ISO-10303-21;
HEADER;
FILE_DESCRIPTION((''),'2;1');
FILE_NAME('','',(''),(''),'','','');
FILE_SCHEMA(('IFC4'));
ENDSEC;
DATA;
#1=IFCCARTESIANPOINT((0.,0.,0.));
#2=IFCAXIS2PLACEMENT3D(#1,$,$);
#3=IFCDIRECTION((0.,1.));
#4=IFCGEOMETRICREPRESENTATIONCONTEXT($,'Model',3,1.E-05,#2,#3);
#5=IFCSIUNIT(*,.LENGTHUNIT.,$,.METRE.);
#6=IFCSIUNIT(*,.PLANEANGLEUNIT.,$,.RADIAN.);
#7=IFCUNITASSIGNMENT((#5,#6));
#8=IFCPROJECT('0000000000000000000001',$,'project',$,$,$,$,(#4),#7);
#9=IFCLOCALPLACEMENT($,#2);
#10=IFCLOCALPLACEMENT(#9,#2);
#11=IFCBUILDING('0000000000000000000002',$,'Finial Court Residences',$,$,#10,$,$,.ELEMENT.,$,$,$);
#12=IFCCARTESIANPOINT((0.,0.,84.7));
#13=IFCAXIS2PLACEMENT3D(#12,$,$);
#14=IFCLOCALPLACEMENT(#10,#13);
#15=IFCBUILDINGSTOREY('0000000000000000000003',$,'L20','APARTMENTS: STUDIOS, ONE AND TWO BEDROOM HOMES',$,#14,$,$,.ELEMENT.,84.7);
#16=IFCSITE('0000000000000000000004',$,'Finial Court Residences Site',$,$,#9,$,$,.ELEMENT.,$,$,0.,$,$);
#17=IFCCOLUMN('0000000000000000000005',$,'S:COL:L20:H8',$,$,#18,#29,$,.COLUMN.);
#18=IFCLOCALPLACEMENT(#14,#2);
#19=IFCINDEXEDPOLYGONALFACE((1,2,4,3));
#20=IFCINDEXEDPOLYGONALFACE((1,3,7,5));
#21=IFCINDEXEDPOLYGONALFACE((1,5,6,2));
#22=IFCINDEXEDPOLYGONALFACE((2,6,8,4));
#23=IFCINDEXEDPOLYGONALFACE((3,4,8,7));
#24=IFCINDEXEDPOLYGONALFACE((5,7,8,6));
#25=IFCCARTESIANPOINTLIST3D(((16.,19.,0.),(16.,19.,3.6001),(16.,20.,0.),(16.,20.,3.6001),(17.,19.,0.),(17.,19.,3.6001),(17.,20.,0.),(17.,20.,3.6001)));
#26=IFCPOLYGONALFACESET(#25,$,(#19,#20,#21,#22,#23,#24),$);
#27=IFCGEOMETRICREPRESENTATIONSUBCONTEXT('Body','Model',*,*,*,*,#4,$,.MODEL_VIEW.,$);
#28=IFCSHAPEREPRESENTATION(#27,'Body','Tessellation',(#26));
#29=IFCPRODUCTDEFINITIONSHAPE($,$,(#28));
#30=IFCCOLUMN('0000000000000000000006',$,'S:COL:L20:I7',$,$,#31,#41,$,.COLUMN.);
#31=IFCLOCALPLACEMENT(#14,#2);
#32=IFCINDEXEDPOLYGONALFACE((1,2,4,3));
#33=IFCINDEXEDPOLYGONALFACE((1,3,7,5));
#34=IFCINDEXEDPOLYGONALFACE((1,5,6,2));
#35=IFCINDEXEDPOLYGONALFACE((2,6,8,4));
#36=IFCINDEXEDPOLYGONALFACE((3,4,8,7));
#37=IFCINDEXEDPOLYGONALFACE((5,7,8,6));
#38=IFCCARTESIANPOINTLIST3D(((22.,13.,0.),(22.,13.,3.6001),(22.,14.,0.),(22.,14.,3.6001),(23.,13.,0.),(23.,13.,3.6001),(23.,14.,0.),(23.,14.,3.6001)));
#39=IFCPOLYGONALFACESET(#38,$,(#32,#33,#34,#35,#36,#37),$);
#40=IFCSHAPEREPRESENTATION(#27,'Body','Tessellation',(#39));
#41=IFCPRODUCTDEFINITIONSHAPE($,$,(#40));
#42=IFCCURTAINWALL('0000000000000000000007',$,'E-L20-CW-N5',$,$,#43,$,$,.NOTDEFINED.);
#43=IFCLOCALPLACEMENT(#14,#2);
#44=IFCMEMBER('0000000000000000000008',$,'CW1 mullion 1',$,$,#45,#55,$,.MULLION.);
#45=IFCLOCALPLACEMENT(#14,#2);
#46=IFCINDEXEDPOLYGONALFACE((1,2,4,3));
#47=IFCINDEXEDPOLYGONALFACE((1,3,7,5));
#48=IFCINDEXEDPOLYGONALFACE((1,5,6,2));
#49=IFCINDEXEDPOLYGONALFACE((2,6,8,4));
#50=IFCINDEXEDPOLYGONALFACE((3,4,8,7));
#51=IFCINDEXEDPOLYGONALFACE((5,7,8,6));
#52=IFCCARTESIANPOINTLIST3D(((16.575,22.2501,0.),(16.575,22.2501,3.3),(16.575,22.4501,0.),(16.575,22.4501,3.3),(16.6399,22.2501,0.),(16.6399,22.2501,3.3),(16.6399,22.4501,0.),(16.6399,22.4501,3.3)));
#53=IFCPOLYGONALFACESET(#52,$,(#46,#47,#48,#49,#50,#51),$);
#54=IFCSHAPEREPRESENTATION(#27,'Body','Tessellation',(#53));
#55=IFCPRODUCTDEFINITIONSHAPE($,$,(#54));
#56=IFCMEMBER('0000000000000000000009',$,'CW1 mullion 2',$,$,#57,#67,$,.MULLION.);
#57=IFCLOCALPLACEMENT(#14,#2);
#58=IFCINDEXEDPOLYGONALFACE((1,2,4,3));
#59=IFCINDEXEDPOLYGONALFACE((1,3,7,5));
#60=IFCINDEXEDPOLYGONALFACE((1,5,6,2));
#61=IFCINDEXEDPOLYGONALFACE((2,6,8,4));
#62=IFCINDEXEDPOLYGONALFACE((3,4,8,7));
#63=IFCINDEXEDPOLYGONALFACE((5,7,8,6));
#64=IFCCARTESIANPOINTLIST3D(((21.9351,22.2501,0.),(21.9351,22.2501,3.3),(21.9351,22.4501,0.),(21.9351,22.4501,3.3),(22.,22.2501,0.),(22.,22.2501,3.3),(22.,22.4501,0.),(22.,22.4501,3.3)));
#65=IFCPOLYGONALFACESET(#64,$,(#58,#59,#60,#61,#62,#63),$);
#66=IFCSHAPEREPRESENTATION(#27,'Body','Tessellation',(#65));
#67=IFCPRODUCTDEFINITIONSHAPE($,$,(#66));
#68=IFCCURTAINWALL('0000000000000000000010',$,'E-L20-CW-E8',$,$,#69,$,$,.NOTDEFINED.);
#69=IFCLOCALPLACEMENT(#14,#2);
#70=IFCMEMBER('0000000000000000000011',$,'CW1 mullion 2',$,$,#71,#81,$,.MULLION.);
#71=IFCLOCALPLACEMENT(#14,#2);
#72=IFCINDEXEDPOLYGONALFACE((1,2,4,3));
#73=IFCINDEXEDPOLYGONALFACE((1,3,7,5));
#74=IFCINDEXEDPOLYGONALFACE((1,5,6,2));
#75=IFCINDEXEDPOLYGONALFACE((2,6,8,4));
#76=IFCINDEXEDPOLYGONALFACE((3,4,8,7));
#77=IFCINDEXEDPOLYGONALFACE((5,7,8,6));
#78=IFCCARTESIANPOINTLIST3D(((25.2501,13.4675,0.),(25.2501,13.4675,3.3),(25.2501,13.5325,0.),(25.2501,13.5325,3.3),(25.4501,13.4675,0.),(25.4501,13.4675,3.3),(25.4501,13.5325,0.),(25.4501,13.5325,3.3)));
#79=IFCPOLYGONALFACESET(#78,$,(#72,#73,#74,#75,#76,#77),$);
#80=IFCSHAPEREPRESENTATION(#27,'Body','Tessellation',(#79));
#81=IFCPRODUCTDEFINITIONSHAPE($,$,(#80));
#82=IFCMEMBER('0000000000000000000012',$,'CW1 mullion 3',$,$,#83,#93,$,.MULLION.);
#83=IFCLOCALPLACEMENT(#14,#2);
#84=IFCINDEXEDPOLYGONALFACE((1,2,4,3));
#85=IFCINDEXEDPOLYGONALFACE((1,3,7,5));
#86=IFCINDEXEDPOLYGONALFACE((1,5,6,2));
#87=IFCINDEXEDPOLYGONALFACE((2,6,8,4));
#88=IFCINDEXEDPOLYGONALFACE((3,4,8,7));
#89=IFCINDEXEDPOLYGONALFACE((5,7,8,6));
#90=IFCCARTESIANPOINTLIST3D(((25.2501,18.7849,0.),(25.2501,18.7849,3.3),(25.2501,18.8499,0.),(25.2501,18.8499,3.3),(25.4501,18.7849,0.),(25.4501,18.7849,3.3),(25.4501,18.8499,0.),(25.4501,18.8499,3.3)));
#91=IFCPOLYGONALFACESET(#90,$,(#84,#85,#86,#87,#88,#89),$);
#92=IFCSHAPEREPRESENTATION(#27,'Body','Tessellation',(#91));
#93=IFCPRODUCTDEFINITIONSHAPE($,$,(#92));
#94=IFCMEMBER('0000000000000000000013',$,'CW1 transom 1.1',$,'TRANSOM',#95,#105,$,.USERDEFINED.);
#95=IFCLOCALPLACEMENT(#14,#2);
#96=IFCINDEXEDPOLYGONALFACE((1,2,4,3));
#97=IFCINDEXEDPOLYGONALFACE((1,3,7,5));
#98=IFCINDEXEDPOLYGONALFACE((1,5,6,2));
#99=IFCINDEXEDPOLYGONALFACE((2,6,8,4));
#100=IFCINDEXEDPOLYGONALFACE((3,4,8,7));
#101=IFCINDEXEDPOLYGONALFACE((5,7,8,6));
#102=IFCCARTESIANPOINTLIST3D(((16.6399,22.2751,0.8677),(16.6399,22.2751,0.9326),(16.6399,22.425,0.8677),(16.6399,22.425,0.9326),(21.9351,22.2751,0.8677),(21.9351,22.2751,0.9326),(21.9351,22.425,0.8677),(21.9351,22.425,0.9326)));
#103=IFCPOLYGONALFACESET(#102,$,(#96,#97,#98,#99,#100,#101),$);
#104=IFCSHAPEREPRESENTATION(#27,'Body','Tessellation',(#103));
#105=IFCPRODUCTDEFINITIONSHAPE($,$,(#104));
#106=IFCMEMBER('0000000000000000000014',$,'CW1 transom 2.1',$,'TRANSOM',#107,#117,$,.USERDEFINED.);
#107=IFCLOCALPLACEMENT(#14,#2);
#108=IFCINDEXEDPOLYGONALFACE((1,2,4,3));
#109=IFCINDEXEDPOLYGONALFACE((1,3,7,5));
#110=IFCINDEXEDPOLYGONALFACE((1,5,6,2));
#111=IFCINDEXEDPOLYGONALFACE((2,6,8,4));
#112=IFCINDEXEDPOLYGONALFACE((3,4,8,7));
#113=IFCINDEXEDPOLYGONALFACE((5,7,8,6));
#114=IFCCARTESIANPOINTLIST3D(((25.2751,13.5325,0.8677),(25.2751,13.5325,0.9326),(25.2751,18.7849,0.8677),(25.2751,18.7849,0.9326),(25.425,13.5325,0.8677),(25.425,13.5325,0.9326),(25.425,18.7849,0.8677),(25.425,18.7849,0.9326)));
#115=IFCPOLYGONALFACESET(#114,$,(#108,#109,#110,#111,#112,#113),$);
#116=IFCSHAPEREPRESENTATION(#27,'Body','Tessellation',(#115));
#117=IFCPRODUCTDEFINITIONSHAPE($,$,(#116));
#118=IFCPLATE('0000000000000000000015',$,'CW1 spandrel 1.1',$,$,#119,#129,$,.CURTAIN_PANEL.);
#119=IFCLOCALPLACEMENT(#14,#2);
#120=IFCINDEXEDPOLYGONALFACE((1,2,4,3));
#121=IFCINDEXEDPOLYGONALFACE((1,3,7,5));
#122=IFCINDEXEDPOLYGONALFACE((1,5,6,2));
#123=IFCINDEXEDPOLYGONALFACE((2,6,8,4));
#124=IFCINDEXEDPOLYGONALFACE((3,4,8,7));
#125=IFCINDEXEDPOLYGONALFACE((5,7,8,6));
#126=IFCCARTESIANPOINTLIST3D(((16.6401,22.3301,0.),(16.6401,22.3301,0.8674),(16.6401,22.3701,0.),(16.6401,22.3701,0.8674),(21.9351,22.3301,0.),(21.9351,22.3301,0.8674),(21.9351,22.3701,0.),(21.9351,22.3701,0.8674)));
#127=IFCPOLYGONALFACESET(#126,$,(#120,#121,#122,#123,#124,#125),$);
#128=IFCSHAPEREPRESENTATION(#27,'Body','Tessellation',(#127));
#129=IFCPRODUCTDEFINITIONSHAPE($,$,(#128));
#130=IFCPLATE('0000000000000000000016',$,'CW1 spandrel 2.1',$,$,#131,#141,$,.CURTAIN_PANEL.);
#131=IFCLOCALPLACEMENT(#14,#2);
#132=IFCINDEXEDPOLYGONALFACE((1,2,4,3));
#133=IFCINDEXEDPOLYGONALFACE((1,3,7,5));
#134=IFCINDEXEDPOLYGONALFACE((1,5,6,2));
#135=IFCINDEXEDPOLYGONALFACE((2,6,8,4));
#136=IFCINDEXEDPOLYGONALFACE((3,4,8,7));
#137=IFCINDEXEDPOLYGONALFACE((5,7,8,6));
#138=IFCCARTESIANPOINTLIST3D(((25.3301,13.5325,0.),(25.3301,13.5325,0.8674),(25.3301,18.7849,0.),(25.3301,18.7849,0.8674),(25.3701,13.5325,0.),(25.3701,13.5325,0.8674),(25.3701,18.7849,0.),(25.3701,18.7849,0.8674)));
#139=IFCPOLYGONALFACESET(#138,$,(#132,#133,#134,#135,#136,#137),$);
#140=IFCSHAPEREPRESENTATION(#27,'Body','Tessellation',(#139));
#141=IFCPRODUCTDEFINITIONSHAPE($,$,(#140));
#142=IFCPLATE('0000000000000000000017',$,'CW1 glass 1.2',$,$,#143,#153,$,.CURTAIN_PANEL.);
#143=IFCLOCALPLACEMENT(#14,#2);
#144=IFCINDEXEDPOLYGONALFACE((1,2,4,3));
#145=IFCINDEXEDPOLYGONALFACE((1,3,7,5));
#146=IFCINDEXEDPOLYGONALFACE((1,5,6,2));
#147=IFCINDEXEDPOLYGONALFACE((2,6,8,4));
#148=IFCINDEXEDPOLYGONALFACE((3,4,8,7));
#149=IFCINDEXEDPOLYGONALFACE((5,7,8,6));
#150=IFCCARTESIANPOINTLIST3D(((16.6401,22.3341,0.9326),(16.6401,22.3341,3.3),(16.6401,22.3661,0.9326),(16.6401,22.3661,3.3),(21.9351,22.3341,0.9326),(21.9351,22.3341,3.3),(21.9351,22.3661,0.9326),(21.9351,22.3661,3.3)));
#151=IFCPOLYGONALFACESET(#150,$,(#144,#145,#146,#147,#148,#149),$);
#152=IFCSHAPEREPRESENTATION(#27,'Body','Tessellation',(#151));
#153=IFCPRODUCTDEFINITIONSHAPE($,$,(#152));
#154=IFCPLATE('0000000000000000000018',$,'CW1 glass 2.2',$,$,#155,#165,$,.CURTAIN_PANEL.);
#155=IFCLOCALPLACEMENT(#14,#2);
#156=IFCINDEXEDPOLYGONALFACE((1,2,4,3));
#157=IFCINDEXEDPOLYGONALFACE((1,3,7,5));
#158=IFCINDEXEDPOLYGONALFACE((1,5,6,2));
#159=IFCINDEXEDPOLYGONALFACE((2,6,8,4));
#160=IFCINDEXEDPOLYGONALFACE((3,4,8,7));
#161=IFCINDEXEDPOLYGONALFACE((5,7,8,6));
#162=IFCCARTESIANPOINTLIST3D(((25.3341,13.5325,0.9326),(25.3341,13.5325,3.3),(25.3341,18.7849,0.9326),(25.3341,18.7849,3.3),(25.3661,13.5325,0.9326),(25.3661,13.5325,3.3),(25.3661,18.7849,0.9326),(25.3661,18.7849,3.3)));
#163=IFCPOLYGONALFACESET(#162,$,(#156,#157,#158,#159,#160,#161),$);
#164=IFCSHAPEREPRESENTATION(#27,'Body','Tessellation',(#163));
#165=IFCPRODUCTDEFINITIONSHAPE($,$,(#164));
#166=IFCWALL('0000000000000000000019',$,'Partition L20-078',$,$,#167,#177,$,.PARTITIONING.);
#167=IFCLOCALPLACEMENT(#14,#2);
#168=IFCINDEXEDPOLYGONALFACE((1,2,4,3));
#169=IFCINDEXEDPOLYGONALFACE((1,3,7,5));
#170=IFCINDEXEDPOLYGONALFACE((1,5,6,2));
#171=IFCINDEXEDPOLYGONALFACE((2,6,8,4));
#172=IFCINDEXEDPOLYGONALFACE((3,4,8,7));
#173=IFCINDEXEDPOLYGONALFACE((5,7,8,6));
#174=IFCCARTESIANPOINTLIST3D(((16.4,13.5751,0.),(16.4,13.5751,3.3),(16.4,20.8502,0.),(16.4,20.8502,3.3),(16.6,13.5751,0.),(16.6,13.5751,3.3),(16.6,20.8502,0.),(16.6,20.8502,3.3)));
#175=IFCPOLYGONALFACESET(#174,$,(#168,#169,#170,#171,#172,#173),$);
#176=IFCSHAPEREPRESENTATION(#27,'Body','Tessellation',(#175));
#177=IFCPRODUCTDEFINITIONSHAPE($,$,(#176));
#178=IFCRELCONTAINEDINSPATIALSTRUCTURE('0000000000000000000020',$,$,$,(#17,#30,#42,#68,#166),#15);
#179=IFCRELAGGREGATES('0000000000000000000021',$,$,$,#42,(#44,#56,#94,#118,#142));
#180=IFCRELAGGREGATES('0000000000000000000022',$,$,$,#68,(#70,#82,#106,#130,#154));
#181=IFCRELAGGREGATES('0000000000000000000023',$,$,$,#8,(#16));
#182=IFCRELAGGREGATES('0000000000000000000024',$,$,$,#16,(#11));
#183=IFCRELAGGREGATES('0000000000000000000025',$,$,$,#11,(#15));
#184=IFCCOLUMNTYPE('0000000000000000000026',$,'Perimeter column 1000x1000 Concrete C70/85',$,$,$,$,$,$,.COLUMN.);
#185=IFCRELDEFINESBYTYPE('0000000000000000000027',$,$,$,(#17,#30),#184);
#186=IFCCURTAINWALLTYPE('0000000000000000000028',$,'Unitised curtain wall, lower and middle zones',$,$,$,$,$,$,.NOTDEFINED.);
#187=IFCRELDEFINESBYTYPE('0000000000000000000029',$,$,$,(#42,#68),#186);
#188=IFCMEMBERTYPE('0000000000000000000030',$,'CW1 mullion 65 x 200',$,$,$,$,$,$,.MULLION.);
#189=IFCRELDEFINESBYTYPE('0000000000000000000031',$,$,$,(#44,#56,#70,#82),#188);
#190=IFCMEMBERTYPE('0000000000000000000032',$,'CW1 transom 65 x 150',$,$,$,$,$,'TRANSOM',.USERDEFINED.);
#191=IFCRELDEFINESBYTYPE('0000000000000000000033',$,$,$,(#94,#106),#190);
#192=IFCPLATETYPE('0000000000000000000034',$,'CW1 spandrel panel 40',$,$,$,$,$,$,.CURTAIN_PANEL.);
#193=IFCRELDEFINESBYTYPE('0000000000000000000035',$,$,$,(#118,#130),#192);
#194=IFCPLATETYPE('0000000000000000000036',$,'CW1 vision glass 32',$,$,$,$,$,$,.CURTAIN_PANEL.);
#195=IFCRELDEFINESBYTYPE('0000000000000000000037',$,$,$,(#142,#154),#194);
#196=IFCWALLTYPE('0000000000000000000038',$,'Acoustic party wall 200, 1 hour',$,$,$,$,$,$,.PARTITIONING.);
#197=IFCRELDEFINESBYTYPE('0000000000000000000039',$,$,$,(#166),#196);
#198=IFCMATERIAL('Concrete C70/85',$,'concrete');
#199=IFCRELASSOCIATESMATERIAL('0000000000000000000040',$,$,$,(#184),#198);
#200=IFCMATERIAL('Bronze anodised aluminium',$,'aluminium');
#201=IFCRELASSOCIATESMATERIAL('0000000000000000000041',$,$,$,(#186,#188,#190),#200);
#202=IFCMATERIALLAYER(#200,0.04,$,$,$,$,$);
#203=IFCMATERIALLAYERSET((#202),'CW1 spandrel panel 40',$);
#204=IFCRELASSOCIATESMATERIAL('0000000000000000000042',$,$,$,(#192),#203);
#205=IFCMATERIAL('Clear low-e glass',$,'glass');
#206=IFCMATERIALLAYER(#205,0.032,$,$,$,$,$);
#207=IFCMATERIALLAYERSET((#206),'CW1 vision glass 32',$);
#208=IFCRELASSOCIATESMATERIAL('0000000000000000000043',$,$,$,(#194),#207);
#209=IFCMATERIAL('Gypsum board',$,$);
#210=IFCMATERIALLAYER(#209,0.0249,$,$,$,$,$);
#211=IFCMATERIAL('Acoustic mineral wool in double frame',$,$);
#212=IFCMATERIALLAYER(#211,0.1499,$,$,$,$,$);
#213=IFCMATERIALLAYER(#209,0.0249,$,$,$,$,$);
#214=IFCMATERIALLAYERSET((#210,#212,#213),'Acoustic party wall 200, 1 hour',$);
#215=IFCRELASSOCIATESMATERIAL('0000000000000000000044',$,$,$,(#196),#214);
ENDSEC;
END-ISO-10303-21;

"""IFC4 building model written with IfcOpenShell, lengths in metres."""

from ifc_helpers import new_model, si_unit, direction, frame, frame_2d, origin, origin_2d, place, context, subcontext, project, spatial, rectangle, extrude, material, layer, layer_set, material_profile, profile_set, type_object, element, aggregate, save


model = new_model("IFC4")

# Units and contexts
model_context = context("Model", 3, precision=1e-05, world=origin(), true_north=direction((0.0, 1.0)))
body_context = subcontext(model_context, "Body", "Model", "MODEL_VIEW")
ifc_project = project(units=[si_unit("LENGTHUNIT", "METRE"), si_unit("PLANEANGLEUNIT", "RADIAN")], contexts=[model_context])

# Site, building, storey
site_placement = place(None, origin())
site = spatial("IfcSite", under=ifc_project, at=site_placement, Name="Finial Court Residences Site", CompositionType="ELEMENT", RefElevation=0.0)
building_placement = place(site_placement, origin())
building = spatial("IfcBuilding", under=site, at=building_placement, Name="Finial Court Residences", CompositionType="ELEMENT")
storey_placement = place(building_placement, frame((0.0, 0.0, 84.7)))
storey = spatial("IfcBuildingStorey", under=building, at=storey_placement, Name="L20", Description="APARTMENTS: STUDIOS, ONE AND TWO BEDROOM HOMES", CompositionType="ELEMENT", Elevation=84.7)

# Columns
ifc_material_1 = material(Name="Concrete C70/85", Category="concrete")
ifc_material_profile_1 = material_profile(ifc_material_1, rectangle(XDim=1.0, YDim=1.0, at=origin_2d()), Name="1000x1000")
ifc_profile_set_1 = profile_set([ifc_material_profile_1], Name="Concrete C70/85")
column_type = type_object("IfcColumnType", Name="Perimeter column 1000x1000 Concrete C70/85", PredefinedType="COLUMN", material=ifc_profile_set_1)
for number, where, z_axis, x_axis, name in (
    (1, (16.5, 19.5, 0.0), (0.0, 0.0, 1.0), (1.0, 0.0, 0.0), "S:COL:L20:H8"),
    (2, (22.5, 13.5, 0.0), (0.0, 0.0, 1.0), (1.0, 0.0, 0.0), "S:COL:L20:I7"),
):
    element("IfcColumn", number, at=place(storey_placement, frame(where, z_axis=z_axis, x_axis=x_axis)), inside=storey, type_object=column_type, Name=name, PredefinedType="COLUMN", context=body_context, shape_type="SweptSolid", body=[
        extrude(rectangle(XDim=1.0, YDim=1.0, at=origin_2d()), origin(), (0.0, 0.0, 1.0), 3.6001),
    ])

# Curtain walls, members
ifc_material_2 = material(Name="Bronze anodised aluminium", Category="aluminium")
curtain_wall_type = type_object("IfcCurtainWallType", Name="Unitised curtain wall, lower and middle zones", PredefinedType="NOTDEFINED", material=ifc_material_2)
curtain_wall_1_placement = place(storey_placement, origin())
curtain_wall_1 = element("IfcCurtainWall", 3, at=curtain_wall_1_placement, inside=storey, type_object=curtain_wall_type, Name="E-L20-CW-N5", PredefinedType="NOTDEFINED")
ifc_material_profile_2 = material_profile(ifc_material_2, rectangle(XDim=0.2, YDim=0.0649, at=origin_2d()), Name="CW1 mullion 65 x 200")
ifc_profile_set_2 = profile_set([ifc_material_profile_2], Name="Bronze anodised aluminium")
member_type_1 = type_object("IfcMemberType", Name="CW1 mullion 65 x 200", PredefinedType="MULLION", material=ifc_profile_set_2)
member_1_placement = place(storey_placement, frame((16.6074, 22.3501, 0.0), z_axis=(0.0, 0.0, 1.0), x_axis=(0.0, 1.0, 0.0)))
member_1 = element("IfcMember", 4, at=member_1_placement, type_object=member_type_1, Name="CW1 mullion 1", PredefinedType="MULLION", context=body_context, shape_type="SweptSolid", body=[
    extrude(rectangle(XDim=0.2, YDim=0.0649, at=origin_2d()), origin(), (0.0, 0.0, 1.0), 3.3),
])
member_2_placement = place(storey_placement, frame((21.9675, 22.3501, 0.0), z_axis=(0.0, 0.0, 1.0), x_axis=(0.0, 1.0, 0.0)))
member_2 = element("IfcMember", 5, at=member_2_placement, type_object=member_type_1, Name="CW1 mullion 2", PredefinedType="MULLION", context=body_context, shape_type="SweptSolid", body=[
    extrude(rectangle(XDim=0.2, YDim=0.0649, at=origin_2d()), origin(), (0.0, 0.0, 1.0), 3.3),
])
curtain_wall_2_placement = place(storey_placement, origin())
curtain_wall_2 = element("IfcCurtainWall", 6, at=curtain_wall_2_placement, inside=storey, type_object=curtain_wall_type, Name="E-L20-CW-E8", PredefinedType="NOTDEFINED")
member_3_placement = place(storey_placement, frame((25.3501, 13.5, 0.0), z_axis=(0.0, 0.0, 1.0), x_axis=(-1.0, 0.0, 0.0)))
member_3 = element("IfcMember", 7, at=member_3_placement, type_object=member_type_1, Name="CW1 mullion 2", PredefinedType="MULLION", context=body_context, shape_type="SweptSolid", body=[
    extrude(rectangle(XDim=0.2, YDim=0.0649, at=origin_2d()), origin(), (0.0, 0.0, 1.0), 3.3),
])
member_4_placement = place(storey_placement, frame((25.3501, 18.8174, 0.0), z_axis=(0.0, 0.0, 1.0), x_axis=(-1.0, 0.0, 0.0)))
member_4 = element("IfcMember", 8, at=member_4_placement, type_object=member_type_1, Name="CW1 mullion 3", PredefinedType="MULLION", context=body_context, shape_type="SweptSolid", body=[
    extrude(rectangle(XDim=0.2, YDim=0.0649, at=origin_2d()), origin(), (0.0, 0.0, 1.0), 3.3),
])

# Members
ifc_material_profile_3 = material_profile(ifc_material_2, rectangle(XDim=0.1499, YDim=0.0649, at=origin_2d()), Name="CW1 transom 65 x 150")
ifc_profile_set_3 = profile_set([ifc_material_profile_3], Name="Bronze anodised aluminium")
member_type_2 = type_object("IfcMemberType", Name="CW1 transom 65 x 150", ElementType="TRANSOM", PredefinedType="USERDEFINED", material=ifc_profile_set_3)
member_5_placement = place(storey_placement, frame((16.6399, 22.3501, 0.9001), z_axis=(1.0, 0.0, 0.0), x_axis=(0.0, 1.0, 0.0)))
member_5 = element("IfcMember", 9, at=member_5_placement, type_object=member_type_2, Name="CW1 transom 1.1", ObjectType="TRANSOM", PredefinedType="USERDEFINED", context=body_context, shape_type="SweptSolid", body=[
    extrude(rectangle(XDim=0.1499, YDim=0.0649, at=origin_2d()), origin(), (0.0, 0.0, 1.0), 5.2952),
])
member_6_placement = place(storey_placement, frame((25.3501, 13.5325, 0.9001), z_axis=(0.0, 1.0, 0.0), x_axis=(-1.0, 0.0, 0.0)))
member_6 = element("IfcMember", 10, at=member_6_placement, type_object=member_type_2, Name="CW1 transom 2.1", ObjectType="TRANSOM", PredefinedType="USERDEFINED", context=body_context, shape_type="SweptSolid", body=[
    extrude(rectangle(XDim=0.1499, YDim=0.0649, at=origin_2d()), origin(), (0.0, 0.0, 1.0), 5.2524),
])

# Plates
ifc_layer_1 = layer(ifc_material_2, 0.04)
ifc_layer_set_1 = layer_set([ifc_layer_1], Name="CW1 spandrel panel 40")
plate_type_1 = type_object("IfcPlateType", Name="CW1 spandrel panel 40", PredefinedType="CURTAIN_PANEL", material=ifc_layer_set_1)
plate_1_placement = place(storey_placement, frame((19.2876, 22.3501, 0.0), z_axis=(0.0, 0.0, 1.0), x_axis=(1.0, 0.0, 0.0)))
plate_1 = element("IfcPlate", 11, at=plate_1_placement, type_object=plate_type_1, Name="CW1 spandrel 1.1", PredefinedType="CURTAIN_PANEL", context=body_context, shape_type="SweptSolid", body=[
    extrude(rectangle(XDim=5.2949, YDim=0.04, at=origin_2d()), origin(), (0.0, 0.0, 1.0), 0.8674),
])
plate_2_placement = place(storey_placement, frame((25.3501, 16.1587, 0.0), z_axis=(0.0, 0.0, 1.0), x_axis=(0.0, 1.0, 0.0)))
plate_2 = element("IfcPlate", 12, at=plate_2_placement, type_object=plate_type_1, Name="CW1 spandrel 2.1", PredefinedType="CURTAIN_PANEL", context=body_context, shape_type="SweptSolid", body=[
    extrude(rectangle(XDim=5.2524, YDim=0.04, at=origin_2d()), origin(), (0.0, 0.0, 1.0), 0.8674),
])
ifc_material_3 = material(Name="Clear low-e glass", Category="glass")
ifc_layer_2 = layer(ifc_material_3, 0.032)
ifc_layer_set_2 = layer_set([ifc_layer_2], Name="CW1 vision glass 32")
plate_type_2 = type_object("IfcPlateType", Name="CW1 vision glass 32", PredefinedType="CURTAIN_PANEL", material=ifc_layer_set_2)
plate_3_placement = place(storey_placement, frame((19.2876, 22.3501, 0.9326), z_axis=(0.0, 0.0, 1.0), x_axis=(1.0, 0.0, 0.0)))
plate_3 = element("IfcPlate", 13, at=plate_3_placement, type_object=plate_type_2, Name="CW1 glass 1.2", PredefinedType="CURTAIN_PANEL", context=body_context, shape_type="SweptSolid", body=[
    extrude(rectangle(XDim=5.2949, YDim=0.032, at=origin_2d()), origin(), (0.0, 0.0, 1.0), 2.3674),
])
aggregate(curtain_wall_1, [member_1, member_2, member_5, plate_1, plate_3])
plate_4_placement = place(storey_placement, frame((25.3501, 16.1587, 0.9326), z_axis=(0.0, 0.0, 1.0), x_axis=(0.0, 1.0, 0.0)))
plate_4 = element("IfcPlate", 14, at=plate_4_placement, type_object=plate_type_2, Name="CW1 glass 2.2", PredefinedType="CURTAIN_PANEL", context=body_context, shape_type="SweptSolid", body=[
    extrude(rectangle(XDim=5.2524, YDim=0.032, at=origin_2d()), origin(), (0.0, 0.0, 1.0), 2.3674),
])
aggregate(curtain_wall_2, [member_3, member_4, member_6, plate_2, plate_4])

# Wall
ifc_material_4 = material(Name="Gypsum board")
ifc_layer_3 = layer(ifc_material_4, 0.0249)
ifc_material_5 = material(Name="Acoustic mineral wool in double frame")
ifc_layer_4 = layer(ifc_material_5, 0.1499)
ifc_layer_5 = layer(ifc_material_4, 0.0249)
ifc_layer_set_3 = layer_set([ifc_layer_3, ifc_layer_4, ifc_layer_5], Name="Acoustic party wall 200, 1 hour")
wall_type_1 = type_object("IfcWallType", Name="Acoustic party wall 200, 1 hour", PredefinedType="PARTITIONING", material=ifc_layer_set_3)
wall_1_placement = place(storey_placement, frame((16.5, 13.575, 0.0), z_axis=(0.0, 0.0, 1.0), x_axis=(0.0, 1.0, 0.0)))
element("IfcWall", 15, at=wall_1_placement, inside=storey, type_object=wall_type_1, Name="Partition L20-078", PredefinedType="PARTITIONING", context=body_context, shape_type="SweptSolid", body=[
    extrude(rectangle(XDim=7.2751, YDim=0.2, at=frame_2d((3.6377, 0.0))), origin(), (0.0, 0.0, 1.0), 3.3),
])

save(model, "model.ifc")
